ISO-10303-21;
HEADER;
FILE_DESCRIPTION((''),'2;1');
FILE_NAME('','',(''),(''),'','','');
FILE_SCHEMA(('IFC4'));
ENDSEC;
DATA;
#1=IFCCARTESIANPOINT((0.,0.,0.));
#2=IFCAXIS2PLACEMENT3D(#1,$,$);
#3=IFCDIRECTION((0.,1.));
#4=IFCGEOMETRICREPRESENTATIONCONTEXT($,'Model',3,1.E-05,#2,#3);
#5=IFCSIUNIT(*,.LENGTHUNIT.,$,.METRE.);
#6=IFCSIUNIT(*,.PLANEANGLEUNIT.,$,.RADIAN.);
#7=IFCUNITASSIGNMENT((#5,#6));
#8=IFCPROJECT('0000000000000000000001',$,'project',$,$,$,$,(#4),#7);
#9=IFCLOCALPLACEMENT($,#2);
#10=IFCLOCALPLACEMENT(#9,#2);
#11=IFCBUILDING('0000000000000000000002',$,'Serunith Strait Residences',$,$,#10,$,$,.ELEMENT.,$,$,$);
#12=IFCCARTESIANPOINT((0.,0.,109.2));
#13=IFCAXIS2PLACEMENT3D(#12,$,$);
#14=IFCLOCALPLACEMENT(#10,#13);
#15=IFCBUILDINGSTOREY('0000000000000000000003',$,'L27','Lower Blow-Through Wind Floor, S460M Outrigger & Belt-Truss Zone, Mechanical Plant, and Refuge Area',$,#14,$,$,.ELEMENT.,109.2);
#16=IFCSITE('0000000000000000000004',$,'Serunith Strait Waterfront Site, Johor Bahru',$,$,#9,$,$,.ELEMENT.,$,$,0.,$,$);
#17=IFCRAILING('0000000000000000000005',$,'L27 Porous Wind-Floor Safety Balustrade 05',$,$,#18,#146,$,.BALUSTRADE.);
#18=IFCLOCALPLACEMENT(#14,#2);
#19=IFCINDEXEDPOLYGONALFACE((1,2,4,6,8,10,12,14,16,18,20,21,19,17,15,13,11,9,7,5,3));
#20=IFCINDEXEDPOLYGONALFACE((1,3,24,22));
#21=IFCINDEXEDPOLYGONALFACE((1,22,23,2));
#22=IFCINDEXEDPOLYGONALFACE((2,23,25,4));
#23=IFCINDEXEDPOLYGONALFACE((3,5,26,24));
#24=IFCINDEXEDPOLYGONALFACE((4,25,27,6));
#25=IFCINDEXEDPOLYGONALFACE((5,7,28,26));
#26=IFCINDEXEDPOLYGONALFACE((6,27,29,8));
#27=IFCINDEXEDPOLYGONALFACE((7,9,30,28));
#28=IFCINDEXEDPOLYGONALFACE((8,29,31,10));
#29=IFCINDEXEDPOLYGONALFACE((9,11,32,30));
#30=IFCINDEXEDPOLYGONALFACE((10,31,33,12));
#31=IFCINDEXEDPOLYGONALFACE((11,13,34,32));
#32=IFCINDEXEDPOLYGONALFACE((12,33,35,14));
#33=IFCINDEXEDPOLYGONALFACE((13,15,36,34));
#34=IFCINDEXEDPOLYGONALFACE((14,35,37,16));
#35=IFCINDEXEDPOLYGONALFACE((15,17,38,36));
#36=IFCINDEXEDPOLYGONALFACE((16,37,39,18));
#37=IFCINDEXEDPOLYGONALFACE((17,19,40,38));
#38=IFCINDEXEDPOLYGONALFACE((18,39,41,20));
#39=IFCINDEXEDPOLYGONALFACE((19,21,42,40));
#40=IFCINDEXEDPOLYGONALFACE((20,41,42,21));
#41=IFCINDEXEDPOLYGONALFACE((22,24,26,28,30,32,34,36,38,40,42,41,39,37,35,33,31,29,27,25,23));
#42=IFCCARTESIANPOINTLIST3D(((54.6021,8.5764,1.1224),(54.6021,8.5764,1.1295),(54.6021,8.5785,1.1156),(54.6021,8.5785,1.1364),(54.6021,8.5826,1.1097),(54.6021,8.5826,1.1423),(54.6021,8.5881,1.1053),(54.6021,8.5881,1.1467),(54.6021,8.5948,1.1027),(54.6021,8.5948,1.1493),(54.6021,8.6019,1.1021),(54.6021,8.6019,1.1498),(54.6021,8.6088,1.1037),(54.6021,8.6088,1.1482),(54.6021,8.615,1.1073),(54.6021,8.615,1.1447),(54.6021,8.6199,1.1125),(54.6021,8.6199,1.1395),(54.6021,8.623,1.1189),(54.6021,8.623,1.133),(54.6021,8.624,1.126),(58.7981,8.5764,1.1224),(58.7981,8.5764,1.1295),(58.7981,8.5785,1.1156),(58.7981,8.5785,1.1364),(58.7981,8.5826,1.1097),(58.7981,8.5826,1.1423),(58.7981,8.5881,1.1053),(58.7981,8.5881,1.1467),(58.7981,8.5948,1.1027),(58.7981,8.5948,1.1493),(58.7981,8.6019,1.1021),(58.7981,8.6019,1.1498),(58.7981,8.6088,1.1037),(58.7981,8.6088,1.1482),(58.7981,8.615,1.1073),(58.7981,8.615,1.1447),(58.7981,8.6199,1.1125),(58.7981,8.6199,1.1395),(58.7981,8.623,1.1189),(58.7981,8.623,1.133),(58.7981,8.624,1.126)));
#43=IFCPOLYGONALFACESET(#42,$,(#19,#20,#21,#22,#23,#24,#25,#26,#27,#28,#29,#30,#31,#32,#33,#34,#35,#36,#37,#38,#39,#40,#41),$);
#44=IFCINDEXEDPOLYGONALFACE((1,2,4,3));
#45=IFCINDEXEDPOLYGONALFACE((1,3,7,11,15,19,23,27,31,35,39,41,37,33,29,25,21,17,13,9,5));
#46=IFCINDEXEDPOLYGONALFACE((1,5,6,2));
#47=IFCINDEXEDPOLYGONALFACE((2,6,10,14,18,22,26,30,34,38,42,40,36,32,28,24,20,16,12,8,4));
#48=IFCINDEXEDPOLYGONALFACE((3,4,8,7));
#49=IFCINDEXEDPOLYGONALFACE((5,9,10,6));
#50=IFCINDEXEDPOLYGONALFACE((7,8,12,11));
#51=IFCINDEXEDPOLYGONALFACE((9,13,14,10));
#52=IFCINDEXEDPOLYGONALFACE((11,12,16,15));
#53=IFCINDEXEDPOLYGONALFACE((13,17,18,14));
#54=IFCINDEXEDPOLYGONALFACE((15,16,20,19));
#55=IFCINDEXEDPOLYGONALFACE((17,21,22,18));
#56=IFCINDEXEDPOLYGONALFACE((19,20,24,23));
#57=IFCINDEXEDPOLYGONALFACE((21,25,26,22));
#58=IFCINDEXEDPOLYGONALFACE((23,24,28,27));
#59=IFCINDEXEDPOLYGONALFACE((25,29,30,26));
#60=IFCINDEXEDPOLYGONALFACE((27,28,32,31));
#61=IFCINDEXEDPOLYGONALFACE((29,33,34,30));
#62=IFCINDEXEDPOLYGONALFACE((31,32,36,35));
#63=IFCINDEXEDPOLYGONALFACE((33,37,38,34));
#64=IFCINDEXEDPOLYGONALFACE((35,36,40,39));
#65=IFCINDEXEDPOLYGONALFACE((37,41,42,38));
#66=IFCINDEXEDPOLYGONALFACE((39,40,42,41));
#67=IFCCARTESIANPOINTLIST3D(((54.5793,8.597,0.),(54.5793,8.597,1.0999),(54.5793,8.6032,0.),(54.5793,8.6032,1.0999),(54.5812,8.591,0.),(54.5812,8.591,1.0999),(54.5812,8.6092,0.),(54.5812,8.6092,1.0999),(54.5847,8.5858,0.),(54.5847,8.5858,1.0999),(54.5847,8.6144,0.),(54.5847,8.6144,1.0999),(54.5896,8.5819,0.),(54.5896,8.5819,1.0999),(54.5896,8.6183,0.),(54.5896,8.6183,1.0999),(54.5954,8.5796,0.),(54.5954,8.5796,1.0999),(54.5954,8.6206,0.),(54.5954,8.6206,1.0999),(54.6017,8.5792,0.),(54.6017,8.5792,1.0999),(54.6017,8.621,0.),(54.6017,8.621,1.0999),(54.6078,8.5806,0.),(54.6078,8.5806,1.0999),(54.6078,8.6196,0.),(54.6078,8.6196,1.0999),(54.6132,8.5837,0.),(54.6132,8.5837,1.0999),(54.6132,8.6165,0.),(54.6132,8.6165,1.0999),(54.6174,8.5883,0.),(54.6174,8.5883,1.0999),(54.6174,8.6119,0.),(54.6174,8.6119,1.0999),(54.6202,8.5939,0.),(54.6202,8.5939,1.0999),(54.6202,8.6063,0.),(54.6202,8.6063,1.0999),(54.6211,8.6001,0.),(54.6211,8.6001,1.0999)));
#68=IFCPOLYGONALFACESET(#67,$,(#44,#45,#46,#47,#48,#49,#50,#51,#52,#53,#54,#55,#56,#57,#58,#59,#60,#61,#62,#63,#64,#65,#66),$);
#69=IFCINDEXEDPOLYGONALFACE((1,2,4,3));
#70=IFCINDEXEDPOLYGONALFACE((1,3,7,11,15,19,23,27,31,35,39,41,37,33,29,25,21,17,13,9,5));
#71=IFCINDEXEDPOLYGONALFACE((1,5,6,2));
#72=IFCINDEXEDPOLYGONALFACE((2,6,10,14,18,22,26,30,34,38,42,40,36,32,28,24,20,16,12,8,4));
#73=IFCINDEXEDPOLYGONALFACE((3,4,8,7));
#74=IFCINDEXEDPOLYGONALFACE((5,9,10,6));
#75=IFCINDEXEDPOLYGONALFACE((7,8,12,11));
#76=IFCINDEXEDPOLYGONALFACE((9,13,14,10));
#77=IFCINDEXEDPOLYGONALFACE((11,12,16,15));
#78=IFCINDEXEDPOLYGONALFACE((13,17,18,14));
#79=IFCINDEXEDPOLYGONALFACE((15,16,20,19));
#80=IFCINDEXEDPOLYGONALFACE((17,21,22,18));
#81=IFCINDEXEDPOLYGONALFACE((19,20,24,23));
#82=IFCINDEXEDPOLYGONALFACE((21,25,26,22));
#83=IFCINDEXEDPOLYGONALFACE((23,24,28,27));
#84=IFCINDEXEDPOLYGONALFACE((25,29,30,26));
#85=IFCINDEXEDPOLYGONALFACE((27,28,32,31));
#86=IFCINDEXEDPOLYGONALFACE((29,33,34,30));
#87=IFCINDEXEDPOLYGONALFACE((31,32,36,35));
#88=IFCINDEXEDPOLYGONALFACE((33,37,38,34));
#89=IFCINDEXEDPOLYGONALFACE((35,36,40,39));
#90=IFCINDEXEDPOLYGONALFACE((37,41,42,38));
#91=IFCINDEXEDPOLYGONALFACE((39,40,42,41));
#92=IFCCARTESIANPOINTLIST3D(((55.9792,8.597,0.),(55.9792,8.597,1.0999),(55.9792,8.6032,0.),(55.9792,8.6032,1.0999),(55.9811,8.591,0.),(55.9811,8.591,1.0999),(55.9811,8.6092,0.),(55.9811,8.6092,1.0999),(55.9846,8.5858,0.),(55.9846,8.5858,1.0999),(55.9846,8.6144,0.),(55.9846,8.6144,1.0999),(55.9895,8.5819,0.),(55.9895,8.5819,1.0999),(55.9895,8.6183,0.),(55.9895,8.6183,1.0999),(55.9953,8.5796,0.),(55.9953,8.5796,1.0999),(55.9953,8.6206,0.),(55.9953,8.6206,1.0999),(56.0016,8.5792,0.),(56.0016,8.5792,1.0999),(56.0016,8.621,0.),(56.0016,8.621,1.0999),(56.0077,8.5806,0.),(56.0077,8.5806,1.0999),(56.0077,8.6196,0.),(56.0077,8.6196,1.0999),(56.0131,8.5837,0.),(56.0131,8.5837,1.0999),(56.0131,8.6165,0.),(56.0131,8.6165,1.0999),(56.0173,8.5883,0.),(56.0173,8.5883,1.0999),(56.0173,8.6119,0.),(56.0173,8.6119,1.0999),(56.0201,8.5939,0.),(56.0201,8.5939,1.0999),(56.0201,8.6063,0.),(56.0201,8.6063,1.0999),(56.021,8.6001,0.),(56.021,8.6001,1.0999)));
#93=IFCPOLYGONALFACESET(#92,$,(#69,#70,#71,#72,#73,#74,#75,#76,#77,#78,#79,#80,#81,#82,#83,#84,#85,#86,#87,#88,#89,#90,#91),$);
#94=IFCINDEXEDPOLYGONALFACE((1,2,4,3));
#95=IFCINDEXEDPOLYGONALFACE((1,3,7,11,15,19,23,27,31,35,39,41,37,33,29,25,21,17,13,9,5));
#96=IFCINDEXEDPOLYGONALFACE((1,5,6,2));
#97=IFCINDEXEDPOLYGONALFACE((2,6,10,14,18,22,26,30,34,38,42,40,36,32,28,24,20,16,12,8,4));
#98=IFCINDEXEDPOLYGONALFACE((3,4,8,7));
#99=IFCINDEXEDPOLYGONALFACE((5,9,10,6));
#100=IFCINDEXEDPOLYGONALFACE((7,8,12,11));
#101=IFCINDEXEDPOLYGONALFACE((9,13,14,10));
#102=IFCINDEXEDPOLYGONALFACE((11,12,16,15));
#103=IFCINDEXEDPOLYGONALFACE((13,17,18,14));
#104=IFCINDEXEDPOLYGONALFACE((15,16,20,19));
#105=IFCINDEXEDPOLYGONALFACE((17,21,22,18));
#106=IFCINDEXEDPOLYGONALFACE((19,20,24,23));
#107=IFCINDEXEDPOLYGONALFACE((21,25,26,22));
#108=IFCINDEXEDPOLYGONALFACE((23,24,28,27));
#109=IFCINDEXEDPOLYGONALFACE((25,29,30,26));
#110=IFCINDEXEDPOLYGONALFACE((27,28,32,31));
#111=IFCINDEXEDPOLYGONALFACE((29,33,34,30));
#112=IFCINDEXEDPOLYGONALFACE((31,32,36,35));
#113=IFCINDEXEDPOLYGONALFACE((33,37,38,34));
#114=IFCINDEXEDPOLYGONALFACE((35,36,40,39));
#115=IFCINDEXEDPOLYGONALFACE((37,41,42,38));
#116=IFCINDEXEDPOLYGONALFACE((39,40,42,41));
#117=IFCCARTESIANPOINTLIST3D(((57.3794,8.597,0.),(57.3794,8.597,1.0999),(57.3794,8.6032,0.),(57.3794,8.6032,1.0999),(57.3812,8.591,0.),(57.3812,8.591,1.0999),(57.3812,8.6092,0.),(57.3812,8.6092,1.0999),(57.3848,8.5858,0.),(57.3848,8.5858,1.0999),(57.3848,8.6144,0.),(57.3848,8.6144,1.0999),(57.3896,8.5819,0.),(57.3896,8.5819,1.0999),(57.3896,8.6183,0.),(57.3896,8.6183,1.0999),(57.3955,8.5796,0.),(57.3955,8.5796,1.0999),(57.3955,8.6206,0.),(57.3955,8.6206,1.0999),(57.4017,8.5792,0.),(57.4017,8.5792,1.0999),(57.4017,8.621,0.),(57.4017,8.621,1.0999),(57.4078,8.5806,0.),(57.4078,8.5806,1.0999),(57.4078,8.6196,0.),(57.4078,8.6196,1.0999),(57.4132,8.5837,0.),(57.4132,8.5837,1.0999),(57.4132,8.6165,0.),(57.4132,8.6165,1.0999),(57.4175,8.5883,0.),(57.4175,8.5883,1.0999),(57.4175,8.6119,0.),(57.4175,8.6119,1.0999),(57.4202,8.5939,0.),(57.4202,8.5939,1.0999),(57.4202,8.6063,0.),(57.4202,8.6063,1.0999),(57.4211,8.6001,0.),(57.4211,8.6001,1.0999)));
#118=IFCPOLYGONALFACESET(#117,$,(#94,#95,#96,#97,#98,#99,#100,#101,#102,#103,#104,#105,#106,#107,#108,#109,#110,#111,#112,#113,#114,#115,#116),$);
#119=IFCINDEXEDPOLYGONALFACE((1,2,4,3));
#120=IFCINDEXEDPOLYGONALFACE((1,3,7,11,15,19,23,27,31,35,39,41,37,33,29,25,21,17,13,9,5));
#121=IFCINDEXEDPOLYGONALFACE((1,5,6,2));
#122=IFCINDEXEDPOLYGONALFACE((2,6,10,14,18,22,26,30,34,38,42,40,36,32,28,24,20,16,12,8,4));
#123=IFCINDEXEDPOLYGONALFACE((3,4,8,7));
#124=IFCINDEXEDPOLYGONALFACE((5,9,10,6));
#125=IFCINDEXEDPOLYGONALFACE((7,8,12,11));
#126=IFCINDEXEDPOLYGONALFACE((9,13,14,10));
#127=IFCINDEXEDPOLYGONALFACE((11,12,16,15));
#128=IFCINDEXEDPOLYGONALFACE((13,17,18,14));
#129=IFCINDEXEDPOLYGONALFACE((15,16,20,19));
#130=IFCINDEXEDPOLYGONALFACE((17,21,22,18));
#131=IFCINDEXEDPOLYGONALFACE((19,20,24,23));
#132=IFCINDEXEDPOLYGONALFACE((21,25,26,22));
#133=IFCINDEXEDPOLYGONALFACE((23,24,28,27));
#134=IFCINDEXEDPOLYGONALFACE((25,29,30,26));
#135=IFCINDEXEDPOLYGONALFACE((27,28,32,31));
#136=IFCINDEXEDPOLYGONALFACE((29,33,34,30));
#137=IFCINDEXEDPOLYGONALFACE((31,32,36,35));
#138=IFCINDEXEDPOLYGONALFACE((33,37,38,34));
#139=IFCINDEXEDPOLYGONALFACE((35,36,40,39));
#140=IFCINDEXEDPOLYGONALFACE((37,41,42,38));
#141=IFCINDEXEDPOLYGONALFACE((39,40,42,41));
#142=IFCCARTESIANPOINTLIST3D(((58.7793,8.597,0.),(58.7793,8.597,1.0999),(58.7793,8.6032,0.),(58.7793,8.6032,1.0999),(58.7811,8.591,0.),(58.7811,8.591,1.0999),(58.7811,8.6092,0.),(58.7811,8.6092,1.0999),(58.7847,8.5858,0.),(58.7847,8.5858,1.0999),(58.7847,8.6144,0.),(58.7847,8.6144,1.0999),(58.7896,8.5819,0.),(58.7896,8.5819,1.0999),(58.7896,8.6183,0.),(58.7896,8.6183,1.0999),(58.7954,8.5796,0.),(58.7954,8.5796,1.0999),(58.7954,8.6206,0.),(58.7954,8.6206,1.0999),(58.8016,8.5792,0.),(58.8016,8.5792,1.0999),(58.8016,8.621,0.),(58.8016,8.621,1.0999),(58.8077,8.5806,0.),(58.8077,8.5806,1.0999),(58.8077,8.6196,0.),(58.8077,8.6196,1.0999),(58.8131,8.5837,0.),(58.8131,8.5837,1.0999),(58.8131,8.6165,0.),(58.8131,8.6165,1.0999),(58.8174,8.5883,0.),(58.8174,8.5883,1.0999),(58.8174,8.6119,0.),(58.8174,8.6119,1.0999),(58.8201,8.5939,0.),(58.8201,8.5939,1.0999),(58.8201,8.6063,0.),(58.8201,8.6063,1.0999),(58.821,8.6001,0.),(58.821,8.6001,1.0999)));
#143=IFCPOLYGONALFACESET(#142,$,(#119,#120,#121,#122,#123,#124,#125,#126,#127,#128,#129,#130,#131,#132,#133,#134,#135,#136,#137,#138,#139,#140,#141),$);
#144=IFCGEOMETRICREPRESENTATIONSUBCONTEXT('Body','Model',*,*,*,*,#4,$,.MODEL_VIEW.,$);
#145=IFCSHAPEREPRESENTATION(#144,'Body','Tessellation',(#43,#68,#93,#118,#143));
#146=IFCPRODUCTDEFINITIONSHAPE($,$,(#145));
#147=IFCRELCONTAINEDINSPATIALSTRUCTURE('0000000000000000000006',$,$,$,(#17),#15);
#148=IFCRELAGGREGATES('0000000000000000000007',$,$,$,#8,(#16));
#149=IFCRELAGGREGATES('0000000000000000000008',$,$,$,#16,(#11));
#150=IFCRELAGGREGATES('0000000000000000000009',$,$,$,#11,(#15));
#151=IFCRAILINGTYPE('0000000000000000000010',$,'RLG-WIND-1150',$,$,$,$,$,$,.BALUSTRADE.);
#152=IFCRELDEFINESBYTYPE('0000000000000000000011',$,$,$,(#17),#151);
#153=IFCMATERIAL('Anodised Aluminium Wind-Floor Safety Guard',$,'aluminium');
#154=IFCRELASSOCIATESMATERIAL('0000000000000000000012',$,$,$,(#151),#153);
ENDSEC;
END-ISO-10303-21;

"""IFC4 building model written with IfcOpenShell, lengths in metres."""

from ifc_helpers import new_model, si_unit, direction, frame, origin, origin_2d, place, context, subcontext, project, spatial, circle, extrude, material, type_object, element, save


model = new_model("IFC4")

# Units and contexts
model_context = context("Model", 3, precision=1e-05, world=origin(), true_north=direction((0.0, 1.0)))
body_context = subcontext(model_context, "Body", "Model", "MODEL_VIEW")
ifc_project = project(units=[si_unit("LENGTHUNIT", "METRE"), si_unit("PLANEANGLEUNIT", "RADIAN")], contexts=[model_context])

# Site, building, storey
site_placement = place(None, origin())
site = spatial("IfcSite", under=ifc_project, at=site_placement, Name="Serunith Strait Waterfront Site, Johor Bahru", CompositionType="ELEMENT", RefElevation=0.0)
building_placement = place(site_placement, origin())
building = spatial("IfcBuilding", under=site, at=building_placement, Name="Serunith Strait Residences", CompositionType="ELEMENT")
storey_placement = place(building_placement, frame((0.0, 0.0, 109.2)))
storey = spatial("IfcBuildingStorey", under=building, at=storey_placement, Name="L27", Description="Lower Blow-Through Wind Floor, S460M Outrigger & Belt-Truss Zone, Mechanical Plant, and Refuge Area", CompositionType="ELEMENT", Elevation=109.2)

# Railing
ifc_material_1 = material(Name="Anodised Aluminium Wind-Floor Safety Guard", Category="aluminium")
railing_type = type_object("IfcRailingType", Name="RLG-WIND-1150", PredefinedType="BALUSTRADE", material=ifc_material_1)
railing_1_placement = place(storey_placement, frame((54.6001, 8.6001, 0.0)))
element("IfcRailing", 1, at=railing_1_placement, inside=storey, type_object=railing_type, Name="L27 Porous Wind-Floor Safety Balustrade 05", PredefinedType="BALUSTRADE", context=body_context, shape_type="SweptSolid", body=[
    extrude(circle(Radius=0.0239, at=origin_2d()), frame((0.002, 0.0, 1.126), z_axis=(1.0, 0.0, 0.0), x_axis=(0.0, 1.0, 0.0)), (0.0, 0.0, 1.0), 4.196),
    extrude(circle(Radius=0.021, at=origin_2d()), origin(), (0.0, 0.0, 1.0), 1.0999),
    extrude(circle(Radius=0.021, at=origin_2d()), frame((1.3999, 0.0, 0.0)), (0.0, 0.0, 1.0), 1.0999),
    extrude(circle(Radius=0.021, at=origin_2d()), frame((2.8, 0.0, 0.0)), (0.0, 0.0, 1.0), 1.0999),
    extrude(circle(Radius=0.021, at=origin_2d()), frame((4.2, 0.0, 0.0)), (0.0, 0.0, 1.0), 1.0999),
])

save(model, "model.ifc")
